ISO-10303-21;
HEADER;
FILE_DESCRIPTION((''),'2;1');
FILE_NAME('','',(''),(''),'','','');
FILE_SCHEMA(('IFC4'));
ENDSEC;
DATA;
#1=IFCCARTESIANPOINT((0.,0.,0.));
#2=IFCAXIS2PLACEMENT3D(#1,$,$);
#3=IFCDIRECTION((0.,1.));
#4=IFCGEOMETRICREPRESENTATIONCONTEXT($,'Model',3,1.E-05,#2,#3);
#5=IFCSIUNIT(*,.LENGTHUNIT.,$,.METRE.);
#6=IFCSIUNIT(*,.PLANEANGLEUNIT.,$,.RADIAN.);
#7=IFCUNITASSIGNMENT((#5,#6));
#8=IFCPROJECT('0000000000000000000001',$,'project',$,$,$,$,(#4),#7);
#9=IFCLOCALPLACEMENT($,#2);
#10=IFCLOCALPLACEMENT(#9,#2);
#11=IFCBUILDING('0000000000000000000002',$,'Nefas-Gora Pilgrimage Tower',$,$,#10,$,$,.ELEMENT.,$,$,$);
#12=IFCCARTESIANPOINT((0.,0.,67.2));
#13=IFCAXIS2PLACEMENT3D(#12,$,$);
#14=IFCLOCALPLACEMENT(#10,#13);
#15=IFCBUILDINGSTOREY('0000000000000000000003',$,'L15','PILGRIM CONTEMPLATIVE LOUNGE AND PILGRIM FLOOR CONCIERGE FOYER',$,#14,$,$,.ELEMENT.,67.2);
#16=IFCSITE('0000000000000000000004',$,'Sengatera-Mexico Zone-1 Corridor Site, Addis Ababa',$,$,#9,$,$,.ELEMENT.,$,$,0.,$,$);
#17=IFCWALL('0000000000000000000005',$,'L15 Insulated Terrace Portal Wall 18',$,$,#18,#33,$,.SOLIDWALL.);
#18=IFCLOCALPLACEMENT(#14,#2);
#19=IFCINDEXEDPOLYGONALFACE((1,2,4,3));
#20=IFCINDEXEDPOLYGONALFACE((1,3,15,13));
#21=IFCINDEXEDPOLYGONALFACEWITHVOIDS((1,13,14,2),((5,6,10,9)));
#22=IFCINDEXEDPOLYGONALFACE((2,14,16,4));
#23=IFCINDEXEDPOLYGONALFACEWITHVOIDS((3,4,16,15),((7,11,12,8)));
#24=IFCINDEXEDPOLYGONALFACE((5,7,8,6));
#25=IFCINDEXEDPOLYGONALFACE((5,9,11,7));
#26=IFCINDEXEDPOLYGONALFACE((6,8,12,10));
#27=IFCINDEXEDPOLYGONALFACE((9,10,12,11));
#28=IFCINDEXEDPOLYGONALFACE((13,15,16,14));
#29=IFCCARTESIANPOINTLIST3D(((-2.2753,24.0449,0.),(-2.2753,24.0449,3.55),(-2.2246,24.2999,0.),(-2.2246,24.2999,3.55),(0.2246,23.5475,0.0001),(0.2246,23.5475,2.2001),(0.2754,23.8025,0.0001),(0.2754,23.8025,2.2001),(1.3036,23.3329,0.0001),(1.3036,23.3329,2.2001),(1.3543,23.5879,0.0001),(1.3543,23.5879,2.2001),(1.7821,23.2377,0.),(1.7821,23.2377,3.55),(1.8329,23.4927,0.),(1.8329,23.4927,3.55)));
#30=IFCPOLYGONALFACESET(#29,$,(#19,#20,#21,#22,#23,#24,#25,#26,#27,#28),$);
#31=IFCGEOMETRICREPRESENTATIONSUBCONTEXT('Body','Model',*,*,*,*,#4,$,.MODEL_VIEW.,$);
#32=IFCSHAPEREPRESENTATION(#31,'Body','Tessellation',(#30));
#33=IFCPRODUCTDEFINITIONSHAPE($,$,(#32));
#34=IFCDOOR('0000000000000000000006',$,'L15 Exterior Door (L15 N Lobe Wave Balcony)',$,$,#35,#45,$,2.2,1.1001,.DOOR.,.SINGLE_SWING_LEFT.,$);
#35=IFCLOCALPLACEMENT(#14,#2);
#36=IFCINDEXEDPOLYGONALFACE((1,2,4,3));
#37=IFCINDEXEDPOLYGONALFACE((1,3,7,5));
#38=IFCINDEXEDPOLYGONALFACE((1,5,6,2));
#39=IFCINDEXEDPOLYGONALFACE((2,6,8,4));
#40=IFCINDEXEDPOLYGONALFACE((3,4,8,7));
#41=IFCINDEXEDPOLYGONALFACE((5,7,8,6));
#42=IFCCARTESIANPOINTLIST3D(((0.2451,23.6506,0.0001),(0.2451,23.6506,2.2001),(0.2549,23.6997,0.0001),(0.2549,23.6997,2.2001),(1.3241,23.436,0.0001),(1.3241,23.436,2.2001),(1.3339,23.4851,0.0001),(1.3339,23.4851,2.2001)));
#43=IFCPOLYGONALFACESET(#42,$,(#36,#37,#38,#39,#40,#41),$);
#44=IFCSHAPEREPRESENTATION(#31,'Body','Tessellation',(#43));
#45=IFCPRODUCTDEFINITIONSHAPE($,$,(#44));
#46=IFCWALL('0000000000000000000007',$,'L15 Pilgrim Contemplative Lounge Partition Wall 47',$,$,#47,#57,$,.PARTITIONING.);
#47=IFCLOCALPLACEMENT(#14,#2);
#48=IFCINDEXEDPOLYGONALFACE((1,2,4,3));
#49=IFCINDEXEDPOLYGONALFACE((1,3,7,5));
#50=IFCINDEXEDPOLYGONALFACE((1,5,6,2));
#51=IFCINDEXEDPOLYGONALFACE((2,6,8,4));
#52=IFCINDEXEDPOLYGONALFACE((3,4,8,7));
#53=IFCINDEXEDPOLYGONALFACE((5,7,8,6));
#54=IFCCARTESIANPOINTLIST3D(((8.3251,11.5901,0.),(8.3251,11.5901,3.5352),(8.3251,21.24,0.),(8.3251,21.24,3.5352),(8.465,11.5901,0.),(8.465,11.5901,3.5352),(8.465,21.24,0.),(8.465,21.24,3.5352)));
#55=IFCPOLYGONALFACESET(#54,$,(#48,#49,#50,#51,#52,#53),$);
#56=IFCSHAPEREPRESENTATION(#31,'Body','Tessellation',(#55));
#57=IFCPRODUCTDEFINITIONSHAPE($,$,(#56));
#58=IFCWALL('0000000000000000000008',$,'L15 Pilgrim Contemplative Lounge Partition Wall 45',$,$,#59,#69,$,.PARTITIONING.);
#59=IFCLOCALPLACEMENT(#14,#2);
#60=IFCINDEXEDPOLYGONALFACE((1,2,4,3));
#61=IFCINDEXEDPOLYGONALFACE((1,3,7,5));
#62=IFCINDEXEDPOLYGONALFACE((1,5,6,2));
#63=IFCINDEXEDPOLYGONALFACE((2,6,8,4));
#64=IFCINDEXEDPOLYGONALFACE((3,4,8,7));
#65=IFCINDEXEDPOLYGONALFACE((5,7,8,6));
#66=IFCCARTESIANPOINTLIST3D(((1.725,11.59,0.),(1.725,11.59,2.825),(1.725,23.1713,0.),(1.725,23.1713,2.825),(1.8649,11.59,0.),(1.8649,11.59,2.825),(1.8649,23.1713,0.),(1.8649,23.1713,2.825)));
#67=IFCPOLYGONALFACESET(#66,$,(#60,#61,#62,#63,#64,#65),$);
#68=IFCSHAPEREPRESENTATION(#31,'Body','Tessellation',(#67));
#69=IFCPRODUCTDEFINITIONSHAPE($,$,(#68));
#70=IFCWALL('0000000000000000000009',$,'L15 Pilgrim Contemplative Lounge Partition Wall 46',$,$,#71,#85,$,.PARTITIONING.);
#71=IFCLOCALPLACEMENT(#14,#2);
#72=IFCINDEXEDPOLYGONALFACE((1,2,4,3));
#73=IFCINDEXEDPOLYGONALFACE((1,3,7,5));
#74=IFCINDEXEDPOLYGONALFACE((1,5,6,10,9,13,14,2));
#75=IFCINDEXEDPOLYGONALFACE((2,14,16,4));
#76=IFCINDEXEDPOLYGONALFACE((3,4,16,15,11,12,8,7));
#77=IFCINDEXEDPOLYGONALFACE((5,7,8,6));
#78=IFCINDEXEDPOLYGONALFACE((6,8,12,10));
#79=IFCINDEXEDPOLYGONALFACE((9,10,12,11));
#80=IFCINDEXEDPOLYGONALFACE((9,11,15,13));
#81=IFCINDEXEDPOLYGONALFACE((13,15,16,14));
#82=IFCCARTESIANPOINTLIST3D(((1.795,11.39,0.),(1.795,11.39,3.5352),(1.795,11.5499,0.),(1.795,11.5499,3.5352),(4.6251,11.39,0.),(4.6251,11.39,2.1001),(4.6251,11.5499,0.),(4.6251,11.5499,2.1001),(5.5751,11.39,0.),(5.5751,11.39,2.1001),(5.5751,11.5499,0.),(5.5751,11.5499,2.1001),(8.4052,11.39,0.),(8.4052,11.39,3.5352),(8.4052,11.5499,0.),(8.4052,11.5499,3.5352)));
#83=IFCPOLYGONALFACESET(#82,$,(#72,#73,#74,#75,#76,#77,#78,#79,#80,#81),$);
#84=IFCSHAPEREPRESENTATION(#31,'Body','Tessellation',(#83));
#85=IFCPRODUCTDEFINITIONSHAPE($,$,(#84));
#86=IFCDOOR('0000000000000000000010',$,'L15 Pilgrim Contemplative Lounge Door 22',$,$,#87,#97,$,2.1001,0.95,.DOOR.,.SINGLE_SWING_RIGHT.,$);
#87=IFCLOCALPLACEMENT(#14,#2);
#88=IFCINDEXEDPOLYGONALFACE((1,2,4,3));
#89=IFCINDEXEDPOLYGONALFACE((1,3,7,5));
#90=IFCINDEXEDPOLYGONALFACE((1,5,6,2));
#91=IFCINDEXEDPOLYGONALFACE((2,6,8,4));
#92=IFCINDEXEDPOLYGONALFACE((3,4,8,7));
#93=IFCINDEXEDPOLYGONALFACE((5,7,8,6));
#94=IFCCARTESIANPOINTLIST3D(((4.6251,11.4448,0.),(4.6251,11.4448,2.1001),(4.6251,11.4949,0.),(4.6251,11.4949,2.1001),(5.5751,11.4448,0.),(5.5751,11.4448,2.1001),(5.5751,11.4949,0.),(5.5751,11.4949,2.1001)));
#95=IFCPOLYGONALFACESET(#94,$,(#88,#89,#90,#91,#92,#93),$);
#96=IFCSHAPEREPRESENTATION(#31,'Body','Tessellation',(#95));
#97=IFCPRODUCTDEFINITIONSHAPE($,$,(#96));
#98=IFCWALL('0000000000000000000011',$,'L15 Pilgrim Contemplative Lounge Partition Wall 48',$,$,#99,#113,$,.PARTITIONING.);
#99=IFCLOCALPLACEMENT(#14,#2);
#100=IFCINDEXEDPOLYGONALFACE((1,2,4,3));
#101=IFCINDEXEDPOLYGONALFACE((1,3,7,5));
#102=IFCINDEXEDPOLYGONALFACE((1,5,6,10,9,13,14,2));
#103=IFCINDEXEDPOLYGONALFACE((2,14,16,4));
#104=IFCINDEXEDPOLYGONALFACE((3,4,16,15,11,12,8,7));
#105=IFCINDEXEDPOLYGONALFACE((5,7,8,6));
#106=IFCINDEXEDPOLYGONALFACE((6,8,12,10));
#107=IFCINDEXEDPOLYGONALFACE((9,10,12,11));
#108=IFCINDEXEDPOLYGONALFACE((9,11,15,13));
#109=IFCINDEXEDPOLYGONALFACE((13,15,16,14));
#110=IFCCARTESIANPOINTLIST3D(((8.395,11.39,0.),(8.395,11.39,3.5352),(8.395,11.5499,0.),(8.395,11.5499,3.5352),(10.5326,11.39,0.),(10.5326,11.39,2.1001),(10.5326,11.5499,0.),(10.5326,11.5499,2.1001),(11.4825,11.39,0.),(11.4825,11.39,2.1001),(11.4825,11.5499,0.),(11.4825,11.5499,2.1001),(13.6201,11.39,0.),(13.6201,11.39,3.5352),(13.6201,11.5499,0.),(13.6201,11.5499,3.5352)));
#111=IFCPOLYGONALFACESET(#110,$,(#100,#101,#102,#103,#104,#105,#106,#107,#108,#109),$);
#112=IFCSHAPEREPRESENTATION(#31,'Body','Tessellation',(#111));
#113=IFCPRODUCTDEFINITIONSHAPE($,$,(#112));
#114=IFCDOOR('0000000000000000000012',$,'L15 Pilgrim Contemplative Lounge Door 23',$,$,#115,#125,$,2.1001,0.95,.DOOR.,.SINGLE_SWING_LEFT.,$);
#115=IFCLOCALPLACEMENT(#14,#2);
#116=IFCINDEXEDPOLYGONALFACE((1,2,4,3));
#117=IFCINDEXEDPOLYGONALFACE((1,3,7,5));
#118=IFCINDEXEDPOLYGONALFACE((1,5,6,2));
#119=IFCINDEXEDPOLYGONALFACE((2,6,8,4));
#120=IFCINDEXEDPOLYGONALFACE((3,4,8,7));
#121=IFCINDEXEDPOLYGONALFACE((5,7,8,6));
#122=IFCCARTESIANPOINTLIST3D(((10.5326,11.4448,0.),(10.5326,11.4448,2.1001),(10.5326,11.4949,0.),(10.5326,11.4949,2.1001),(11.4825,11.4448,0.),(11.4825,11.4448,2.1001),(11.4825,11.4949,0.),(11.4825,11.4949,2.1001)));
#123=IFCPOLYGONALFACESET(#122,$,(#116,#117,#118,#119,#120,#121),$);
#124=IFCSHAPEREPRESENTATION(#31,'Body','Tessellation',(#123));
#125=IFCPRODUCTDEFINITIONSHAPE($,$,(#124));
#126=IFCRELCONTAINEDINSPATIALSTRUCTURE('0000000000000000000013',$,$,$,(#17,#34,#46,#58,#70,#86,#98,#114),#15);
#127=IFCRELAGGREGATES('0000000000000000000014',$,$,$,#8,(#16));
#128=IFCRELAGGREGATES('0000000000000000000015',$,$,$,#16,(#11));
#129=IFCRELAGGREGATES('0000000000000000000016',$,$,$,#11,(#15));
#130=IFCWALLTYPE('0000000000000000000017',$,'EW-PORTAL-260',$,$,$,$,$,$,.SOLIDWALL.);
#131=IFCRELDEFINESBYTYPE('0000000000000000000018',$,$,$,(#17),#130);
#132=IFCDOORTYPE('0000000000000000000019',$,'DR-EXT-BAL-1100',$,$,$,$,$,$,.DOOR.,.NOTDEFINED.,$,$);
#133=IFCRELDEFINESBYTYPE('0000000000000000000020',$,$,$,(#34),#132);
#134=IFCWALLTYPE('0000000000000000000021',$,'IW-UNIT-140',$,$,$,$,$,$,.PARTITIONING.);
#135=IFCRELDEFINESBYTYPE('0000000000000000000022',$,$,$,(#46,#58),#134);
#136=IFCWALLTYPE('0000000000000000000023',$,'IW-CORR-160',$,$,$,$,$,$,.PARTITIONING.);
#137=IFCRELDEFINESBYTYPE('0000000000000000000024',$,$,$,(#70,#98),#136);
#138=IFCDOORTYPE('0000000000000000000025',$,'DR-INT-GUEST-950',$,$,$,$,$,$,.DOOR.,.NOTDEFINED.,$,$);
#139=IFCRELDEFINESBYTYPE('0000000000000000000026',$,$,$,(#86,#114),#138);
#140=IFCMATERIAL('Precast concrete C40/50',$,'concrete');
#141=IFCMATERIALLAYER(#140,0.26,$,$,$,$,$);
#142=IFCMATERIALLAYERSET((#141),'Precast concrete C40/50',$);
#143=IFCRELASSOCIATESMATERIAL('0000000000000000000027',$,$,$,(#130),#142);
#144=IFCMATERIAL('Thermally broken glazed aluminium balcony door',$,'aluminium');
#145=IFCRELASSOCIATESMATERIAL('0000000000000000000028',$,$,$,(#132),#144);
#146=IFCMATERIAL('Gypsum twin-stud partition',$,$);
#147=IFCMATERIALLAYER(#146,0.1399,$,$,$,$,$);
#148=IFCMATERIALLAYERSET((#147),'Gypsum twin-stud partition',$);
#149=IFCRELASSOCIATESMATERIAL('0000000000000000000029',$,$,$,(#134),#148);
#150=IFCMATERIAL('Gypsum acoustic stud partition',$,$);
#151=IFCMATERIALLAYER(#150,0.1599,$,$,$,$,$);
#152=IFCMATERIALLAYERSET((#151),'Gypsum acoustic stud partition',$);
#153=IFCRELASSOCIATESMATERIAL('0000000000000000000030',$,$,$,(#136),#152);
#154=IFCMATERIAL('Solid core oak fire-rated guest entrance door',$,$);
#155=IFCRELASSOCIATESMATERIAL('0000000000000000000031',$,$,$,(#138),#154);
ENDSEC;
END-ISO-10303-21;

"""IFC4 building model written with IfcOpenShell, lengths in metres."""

from ifc_helpers import new_model, si_unit, direction, frame, frame_2d, origin, place, context, subcontext, project, spatial, rectangle, extrude, source, transform, mapped, material, layer, layer_set, type_object, element, fill, save


model = new_model("IFC4")

# Units and contexts
model_context = context("Model", 3, precision=1e-05, world=origin(), true_north=direction((0.0, 1.0)))
body_context = subcontext(model_context, "Body", "Model", "MODEL_VIEW")
ifc_project = project(units=[si_unit("LENGTHUNIT", "METRE"), si_unit("PLANEANGLEUNIT", "RADIAN")], contexts=[model_context])

# Site, building, storey
site_placement = place(None, origin())
site = spatial("IfcSite", under=ifc_project, at=site_placement, Name="Sengatera-Mexico Zone-1 Corridor Site, Addis Ababa", CompositionType="ELEMENT", RefElevation=0.0)
building_placement = place(site_placement, origin())
building = spatial("IfcBuilding", under=site, at=building_placement, Name="Nefas-Gora Pilgrimage Tower", CompositionType="ELEMENT")
storey_placement = place(building_placement, frame((0.0, 0.0, 67.2)))
storey = spatial("IfcBuildingStorey", under=building, at=storey_placement, Name="L15", Description="PILGRIM CONTEMPLATIVE LOUNGE AND PILGRIM FLOOR CONCIERGE FOYER", CompositionType="ELEMENT", Elevation=67.2)

# Shared definitions
ifc_material_1 = material(Name="Precast concrete C40/50", Category="concrete")
ifc_layer_1 = layer(ifc_material_1, 0.26)
ifc_layer_set_1 = layer_set([ifc_layer_1], Name="Precast concrete C40/50")
wall_type_1 = type_object("IfcWallType", Name="EW-PORTAL-260", PredefinedType="SOLIDWALL", material=ifc_layer_set_1)

# Wall, opening, door
shared_shape_1 = source(origin(), body_context, "Body", "SweptSolid", [
    extrude(rectangle(XDim=4.137, YDim=0.26, at=frame_2d((2.0684, 0.0))), origin(), (0.0, 0.0, 1.0), 3.55),
])
wall_1_placement = place(storey_placement, frame((1.8074, 23.3652, 0.0), z_axis=(0.0, 0.0, 1.0), x_axis=(-0.980782, 0.195106, 0.0)))
wall_1 = element("IfcWall", 1, at=wall_1_placement, inside=storey, type_object=wall_type_1, Name="L15 Insulated Terrace Portal Wall 18", PredefinedType="SOLIDWALL", context=body_context, shape_type="MappedRepresentation", body=[
    mapped(shared_shape_1, transform((0.0, 0.0, 0.0), x_axis=(1.0, 0.0, 0.0), y_axis=(0.0, 1.0, 0.0), z_axis=(0.0, 0.0, 1.0), scale=1.0)),
])
opening_1_placement = place(wall_1_placement, frame((0.4878, 0.0, 0.0)))
opening_1 = element("IfcOpeningElement", 2, at=opening_1_placement, cuts=wall_1, PredefinedType="OPENING", context=body_context, shape_type="SweptSolid", body=[
    extrude(rectangle(XDim=1.1001, YDim=2.2, at=frame_2d((0.55, 1.1001))), frame((0.0, 0.1399, 0.0), z_axis=(0.0, -1.0, 0.0), x_axis=(1.0, 0.0, 0.0)), (0.0, 0.0, 1.0), 0.28),
])
ifc_material_2 = material(Name="Thermally broken glazed aluminium balcony door", Category="aluminium")
door_type_1 = type_object("IfcDoorType", Name="DR-EXT-BAL-1100", OperationType="NOTDEFINED", PredefinedType="DOOR", material=ifc_material_2)
shared_shape_2 = source(origin(), body_context, "Body", "SweptSolid", [
    extrude(rectangle(XDim=1.1001, YDim=2.2, at=frame_2d((0.55, 1.1001))), frame((0.0, 0.0249, 0.0), z_axis=(0.0, -1.0, 0.0), x_axis=(1.0, 0.0, 0.0)), (0.0, 0.0, 1.0), 0.05),
])
door_1_placement = place(opening_1_placement, origin())
door_1 = element("IfcDoor", 3, at=door_1_placement, inside=storey, type_object=door_type_1, Name="L15 Exterior Door (L15 N Lobe Wave Balcony)", OperationType="SINGLE_SWING_LEFT", OverallHeight=2.2, OverallWidth=1.1001, PredefinedType="DOOR", context=body_context, shape_type="MappedRepresentation", body=[
    mapped(shared_shape_2, transform((0.0, 0.0, 0.0), x_axis=(1.0, 0.0, 0.0), y_axis=(0.0, 1.0, 0.0), z_axis=(0.0, 0.0, 1.0), scale=1.0)),
])
fill(opening_1, door_1)

# Walls
ifc_material_3 = material(Name="Gypsum twin-stud partition")
ifc_layer_2 = layer(ifc_material_3, 0.1399)
ifc_layer_set_2 = layer_set([ifc_layer_2], Name="Gypsum twin-stud partition")
wall_type_2 = type_object("IfcWallType", Name="IW-UNIT-140", PredefinedType="PARTITIONING", material=ifc_layer_set_2)
shared_shape_3 = source(origin(), body_context, "Body", "SweptSolid", [
    extrude(rectangle(XDim=9.6499, YDim=0.1399, at=frame_2d((4.825, 0.0))), origin(), (0.0, 0.0, 1.0), 3.5352),
])
wall_2_placement = place(storey_placement, frame((8.395, 11.5901, 0.0), z_axis=(0.0, 0.0, 1.0), x_axis=(0.0, 1.0, 0.0)))
element("IfcWall", 4, at=wall_2_placement, inside=storey, type_object=wall_type_2, Name="L15 Pilgrim Contemplative Lounge Partition Wall 47", PredefinedType="PARTITIONING", context=body_context, shape_type="MappedRepresentation", body=[
    mapped(shared_shape_3, transform((0.0, 0.0, 0.0), x_axis=(1.0, 0.0, 0.0), y_axis=(0.0, 1.0, 0.0), z_axis=(0.0, 0.0, 1.0), scale=1.0)),
])
shared_shape_4 = source(origin(), body_context, "Body", "SweptSolid", [
    extrude(rectangle(XDim=11.5813, YDim=0.1399, at=frame_2d((5.7905, 0.0))), origin(), (0.0, 0.0, 1.0), 2.825),
])
wall_3_placement = place(storey_placement, frame((1.7949, 11.5901, 0.0), z_axis=(0.0, 0.0, 1.0), x_axis=(0.0, 1.0, 0.0)))
element("IfcWall", 5, at=wall_3_placement, inside=storey, type_object=wall_type_2, Name="L15 Pilgrim Contemplative Lounge Partition Wall 45", PredefinedType="PARTITIONING", context=body_context, shape_type="MappedRepresentation", body=[
    mapped(shared_shape_4, transform((0.0, 0.0, 0.0), x_axis=(1.0, 0.0, 0.0), y_axis=(0.0, 1.0, 0.0), z_axis=(0.0, 0.0, 1.0), scale=1.0)),
])

# Walls, openings, doors
ifc_material_4 = material(Name="Gypsum acoustic stud partition")
ifc_layer_3 = layer(ifc_material_4, 0.1599)
ifc_layer_set_3 = layer_set([ifc_layer_3], Name="Gypsum acoustic stud partition")
wall_type_3 = type_object("IfcWallType", Name="IW-CORR-160", PredefinedType="PARTITIONING", material=ifc_layer_set_3)
shared_shape_5 = source(origin(), body_context, "Body", "SweptSolid", [
    extrude(rectangle(XDim=6.6101, YDim=0.1599, at=frame_2d((3.3052, 0.0))), origin(), (0.0, 0.0, 1.0), 3.5352),
])
wall_4_placement = place(storey_placement, frame((1.7949, 11.47, 0.0), z_axis=(0.0, 0.0, 1.0), x_axis=(1.0, 0.0, 0.0)))
wall_4 = element("IfcWall", 6, at=wall_4_placement, inside=storey, type_object=wall_type_3, Name="L15 Pilgrim Contemplative Lounge Partition Wall 46", PredefinedType="PARTITIONING", context=body_context, shape_type="MappedRepresentation", body=[
    mapped(shared_shape_5, transform((0.0, 0.0, 0.0), x_axis=(1.0, 0.0, 0.0), y_axis=(0.0, 1.0, 0.0), z_axis=(0.0, 0.0, 1.0), scale=1.0)),
])
opening_2_placement = place(wall_4_placement, frame((2.8301, 0.0, 0.0)))
opening_2 = element("IfcOpeningElement", 7, at=opening_2_placement, cuts=wall_4, PredefinedType="OPENING", context=body_context, shape_type="SweptSolid", body=[
    extrude(rectangle(XDim=0.95, YDim=2.1001, at=frame_2d((0.4751, 1.05))), frame((0.0, 0.0898, 0.0), z_axis=(0.0, -1.0, 0.0), x_axis=(1.0, 0.0, 0.0)), (0.0, 0.0, 1.0), 0.1799),
])
ifc_material_5 = material(Name="Solid core oak fire-rated guest entrance door")
door_type_2 = type_object("IfcDoorType", Name="DR-INT-GUEST-950", OperationType="NOTDEFINED", PredefinedType="DOOR", material=ifc_material_5)
shared_shape_6 = source(origin(), body_context, "Body", "SweptSolid", [
    extrude(rectangle(XDim=0.95, YDim=2.1001, at=frame_2d((0.4751, 1.05))), frame((0.0, 0.0249, 0.0), z_axis=(0.0, -1.0, 0.0), x_axis=(1.0, 0.0, 0.0)), (0.0, 0.0, 1.0), 0.05),
])
door_2_placement = place(opening_2_placement, origin())
door_2 = element("IfcDoor", 8, at=door_2_placement, inside=storey, type_object=door_type_2, Name="L15 Pilgrim Contemplative Lounge Door 22", OperationType="SINGLE_SWING_RIGHT", OverallHeight=2.1001, OverallWidth=0.95, PredefinedType="DOOR", context=body_context, shape_type="MappedRepresentation", body=[
    mapped(shared_shape_6, transform((0.0, 0.0, 0.0), x_axis=(1.0, 0.0, 0.0), y_axis=(0.0, 1.0, 0.0), z_axis=(0.0, 0.0, 1.0), scale=1.0)),
])
fill(opening_2, door_2)
shared_shape_7 = source(origin(), body_context, "Body", "SweptSolid", [
    extrude(rectangle(XDim=5.2251, YDim=0.1599, at=frame_2d((2.6125, 0.0))), origin(), (0.0, 0.0, 1.0), 3.5352),
])
wall_5_placement = place(storey_placement, frame((8.395, 11.47, 0.0), z_axis=(0.0, 0.0, 1.0), x_axis=(1.0, 0.0, 0.0)))
wall_5 = element("IfcWall", 9, at=wall_5_placement, inside=storey, type_object=wall_type_3, Name="L15 Pilgrim Contemplative Lounge Partition Wall 48", PredefinedType="PARTITIONING", context=body_context, shape_type="MappedRepresentation", body=[
    mapped(shared_shape_7, transform((0.0, 0.0, 0.0), x_axis=(1.0, 0.0, 0.0), y_axis=(0.0, 1.0, 0.0), z_axis=(0.0, 0.0, 1.0), scale=1.0)),
])
opening_3_placement = place(wall_5_placement, frame((2.1375, 0.0, 0.0)))
opening_3 = element("IfcOpeningElement", 10, at=opening_3_placement, cuts=wall_5, PredefinedType="OPENING", context=body_context, shape_type="SweptSolid", body=[
    extrude(rectangle(XDim=0.95, YDim=2.1001, at=frame_2d((0.4751, 1.05))), frame((0.0, 0.0898, 0.0), z_axis=(0.0, -1.0, 0.0), x_axis=(1.0, 0.0, 0.0)), (0.0, 0.0, 1.0), 0.1799),
])
door_3_placement = place(opening_3_placement, origin())
door_3 = element("IfcDoor", 11, at=door_3_placement, inside=storey, type_object=door_type_2, Name="L15 Pilgrim Contemplative Lounge Door 23", OperationType="SINGLE_SWING_LEFT", OverallHeight=2.1001, OverallWidth=0.95, PredefinedType="DOOR", context=body_context, shape_type="MappedRepresentation", body=[
    mapped(shared_shape_6, transform((0.0, 0.0, 0.0), x_axis=(1.0, 0.0, 0.0), y_axis=(0.0, 1.0, 0.0), z_axis=(0.0, 0.0, 1.0), scale=1.0)),
])
fill(opening_3, door_3)

save(model, "model.ifc")
